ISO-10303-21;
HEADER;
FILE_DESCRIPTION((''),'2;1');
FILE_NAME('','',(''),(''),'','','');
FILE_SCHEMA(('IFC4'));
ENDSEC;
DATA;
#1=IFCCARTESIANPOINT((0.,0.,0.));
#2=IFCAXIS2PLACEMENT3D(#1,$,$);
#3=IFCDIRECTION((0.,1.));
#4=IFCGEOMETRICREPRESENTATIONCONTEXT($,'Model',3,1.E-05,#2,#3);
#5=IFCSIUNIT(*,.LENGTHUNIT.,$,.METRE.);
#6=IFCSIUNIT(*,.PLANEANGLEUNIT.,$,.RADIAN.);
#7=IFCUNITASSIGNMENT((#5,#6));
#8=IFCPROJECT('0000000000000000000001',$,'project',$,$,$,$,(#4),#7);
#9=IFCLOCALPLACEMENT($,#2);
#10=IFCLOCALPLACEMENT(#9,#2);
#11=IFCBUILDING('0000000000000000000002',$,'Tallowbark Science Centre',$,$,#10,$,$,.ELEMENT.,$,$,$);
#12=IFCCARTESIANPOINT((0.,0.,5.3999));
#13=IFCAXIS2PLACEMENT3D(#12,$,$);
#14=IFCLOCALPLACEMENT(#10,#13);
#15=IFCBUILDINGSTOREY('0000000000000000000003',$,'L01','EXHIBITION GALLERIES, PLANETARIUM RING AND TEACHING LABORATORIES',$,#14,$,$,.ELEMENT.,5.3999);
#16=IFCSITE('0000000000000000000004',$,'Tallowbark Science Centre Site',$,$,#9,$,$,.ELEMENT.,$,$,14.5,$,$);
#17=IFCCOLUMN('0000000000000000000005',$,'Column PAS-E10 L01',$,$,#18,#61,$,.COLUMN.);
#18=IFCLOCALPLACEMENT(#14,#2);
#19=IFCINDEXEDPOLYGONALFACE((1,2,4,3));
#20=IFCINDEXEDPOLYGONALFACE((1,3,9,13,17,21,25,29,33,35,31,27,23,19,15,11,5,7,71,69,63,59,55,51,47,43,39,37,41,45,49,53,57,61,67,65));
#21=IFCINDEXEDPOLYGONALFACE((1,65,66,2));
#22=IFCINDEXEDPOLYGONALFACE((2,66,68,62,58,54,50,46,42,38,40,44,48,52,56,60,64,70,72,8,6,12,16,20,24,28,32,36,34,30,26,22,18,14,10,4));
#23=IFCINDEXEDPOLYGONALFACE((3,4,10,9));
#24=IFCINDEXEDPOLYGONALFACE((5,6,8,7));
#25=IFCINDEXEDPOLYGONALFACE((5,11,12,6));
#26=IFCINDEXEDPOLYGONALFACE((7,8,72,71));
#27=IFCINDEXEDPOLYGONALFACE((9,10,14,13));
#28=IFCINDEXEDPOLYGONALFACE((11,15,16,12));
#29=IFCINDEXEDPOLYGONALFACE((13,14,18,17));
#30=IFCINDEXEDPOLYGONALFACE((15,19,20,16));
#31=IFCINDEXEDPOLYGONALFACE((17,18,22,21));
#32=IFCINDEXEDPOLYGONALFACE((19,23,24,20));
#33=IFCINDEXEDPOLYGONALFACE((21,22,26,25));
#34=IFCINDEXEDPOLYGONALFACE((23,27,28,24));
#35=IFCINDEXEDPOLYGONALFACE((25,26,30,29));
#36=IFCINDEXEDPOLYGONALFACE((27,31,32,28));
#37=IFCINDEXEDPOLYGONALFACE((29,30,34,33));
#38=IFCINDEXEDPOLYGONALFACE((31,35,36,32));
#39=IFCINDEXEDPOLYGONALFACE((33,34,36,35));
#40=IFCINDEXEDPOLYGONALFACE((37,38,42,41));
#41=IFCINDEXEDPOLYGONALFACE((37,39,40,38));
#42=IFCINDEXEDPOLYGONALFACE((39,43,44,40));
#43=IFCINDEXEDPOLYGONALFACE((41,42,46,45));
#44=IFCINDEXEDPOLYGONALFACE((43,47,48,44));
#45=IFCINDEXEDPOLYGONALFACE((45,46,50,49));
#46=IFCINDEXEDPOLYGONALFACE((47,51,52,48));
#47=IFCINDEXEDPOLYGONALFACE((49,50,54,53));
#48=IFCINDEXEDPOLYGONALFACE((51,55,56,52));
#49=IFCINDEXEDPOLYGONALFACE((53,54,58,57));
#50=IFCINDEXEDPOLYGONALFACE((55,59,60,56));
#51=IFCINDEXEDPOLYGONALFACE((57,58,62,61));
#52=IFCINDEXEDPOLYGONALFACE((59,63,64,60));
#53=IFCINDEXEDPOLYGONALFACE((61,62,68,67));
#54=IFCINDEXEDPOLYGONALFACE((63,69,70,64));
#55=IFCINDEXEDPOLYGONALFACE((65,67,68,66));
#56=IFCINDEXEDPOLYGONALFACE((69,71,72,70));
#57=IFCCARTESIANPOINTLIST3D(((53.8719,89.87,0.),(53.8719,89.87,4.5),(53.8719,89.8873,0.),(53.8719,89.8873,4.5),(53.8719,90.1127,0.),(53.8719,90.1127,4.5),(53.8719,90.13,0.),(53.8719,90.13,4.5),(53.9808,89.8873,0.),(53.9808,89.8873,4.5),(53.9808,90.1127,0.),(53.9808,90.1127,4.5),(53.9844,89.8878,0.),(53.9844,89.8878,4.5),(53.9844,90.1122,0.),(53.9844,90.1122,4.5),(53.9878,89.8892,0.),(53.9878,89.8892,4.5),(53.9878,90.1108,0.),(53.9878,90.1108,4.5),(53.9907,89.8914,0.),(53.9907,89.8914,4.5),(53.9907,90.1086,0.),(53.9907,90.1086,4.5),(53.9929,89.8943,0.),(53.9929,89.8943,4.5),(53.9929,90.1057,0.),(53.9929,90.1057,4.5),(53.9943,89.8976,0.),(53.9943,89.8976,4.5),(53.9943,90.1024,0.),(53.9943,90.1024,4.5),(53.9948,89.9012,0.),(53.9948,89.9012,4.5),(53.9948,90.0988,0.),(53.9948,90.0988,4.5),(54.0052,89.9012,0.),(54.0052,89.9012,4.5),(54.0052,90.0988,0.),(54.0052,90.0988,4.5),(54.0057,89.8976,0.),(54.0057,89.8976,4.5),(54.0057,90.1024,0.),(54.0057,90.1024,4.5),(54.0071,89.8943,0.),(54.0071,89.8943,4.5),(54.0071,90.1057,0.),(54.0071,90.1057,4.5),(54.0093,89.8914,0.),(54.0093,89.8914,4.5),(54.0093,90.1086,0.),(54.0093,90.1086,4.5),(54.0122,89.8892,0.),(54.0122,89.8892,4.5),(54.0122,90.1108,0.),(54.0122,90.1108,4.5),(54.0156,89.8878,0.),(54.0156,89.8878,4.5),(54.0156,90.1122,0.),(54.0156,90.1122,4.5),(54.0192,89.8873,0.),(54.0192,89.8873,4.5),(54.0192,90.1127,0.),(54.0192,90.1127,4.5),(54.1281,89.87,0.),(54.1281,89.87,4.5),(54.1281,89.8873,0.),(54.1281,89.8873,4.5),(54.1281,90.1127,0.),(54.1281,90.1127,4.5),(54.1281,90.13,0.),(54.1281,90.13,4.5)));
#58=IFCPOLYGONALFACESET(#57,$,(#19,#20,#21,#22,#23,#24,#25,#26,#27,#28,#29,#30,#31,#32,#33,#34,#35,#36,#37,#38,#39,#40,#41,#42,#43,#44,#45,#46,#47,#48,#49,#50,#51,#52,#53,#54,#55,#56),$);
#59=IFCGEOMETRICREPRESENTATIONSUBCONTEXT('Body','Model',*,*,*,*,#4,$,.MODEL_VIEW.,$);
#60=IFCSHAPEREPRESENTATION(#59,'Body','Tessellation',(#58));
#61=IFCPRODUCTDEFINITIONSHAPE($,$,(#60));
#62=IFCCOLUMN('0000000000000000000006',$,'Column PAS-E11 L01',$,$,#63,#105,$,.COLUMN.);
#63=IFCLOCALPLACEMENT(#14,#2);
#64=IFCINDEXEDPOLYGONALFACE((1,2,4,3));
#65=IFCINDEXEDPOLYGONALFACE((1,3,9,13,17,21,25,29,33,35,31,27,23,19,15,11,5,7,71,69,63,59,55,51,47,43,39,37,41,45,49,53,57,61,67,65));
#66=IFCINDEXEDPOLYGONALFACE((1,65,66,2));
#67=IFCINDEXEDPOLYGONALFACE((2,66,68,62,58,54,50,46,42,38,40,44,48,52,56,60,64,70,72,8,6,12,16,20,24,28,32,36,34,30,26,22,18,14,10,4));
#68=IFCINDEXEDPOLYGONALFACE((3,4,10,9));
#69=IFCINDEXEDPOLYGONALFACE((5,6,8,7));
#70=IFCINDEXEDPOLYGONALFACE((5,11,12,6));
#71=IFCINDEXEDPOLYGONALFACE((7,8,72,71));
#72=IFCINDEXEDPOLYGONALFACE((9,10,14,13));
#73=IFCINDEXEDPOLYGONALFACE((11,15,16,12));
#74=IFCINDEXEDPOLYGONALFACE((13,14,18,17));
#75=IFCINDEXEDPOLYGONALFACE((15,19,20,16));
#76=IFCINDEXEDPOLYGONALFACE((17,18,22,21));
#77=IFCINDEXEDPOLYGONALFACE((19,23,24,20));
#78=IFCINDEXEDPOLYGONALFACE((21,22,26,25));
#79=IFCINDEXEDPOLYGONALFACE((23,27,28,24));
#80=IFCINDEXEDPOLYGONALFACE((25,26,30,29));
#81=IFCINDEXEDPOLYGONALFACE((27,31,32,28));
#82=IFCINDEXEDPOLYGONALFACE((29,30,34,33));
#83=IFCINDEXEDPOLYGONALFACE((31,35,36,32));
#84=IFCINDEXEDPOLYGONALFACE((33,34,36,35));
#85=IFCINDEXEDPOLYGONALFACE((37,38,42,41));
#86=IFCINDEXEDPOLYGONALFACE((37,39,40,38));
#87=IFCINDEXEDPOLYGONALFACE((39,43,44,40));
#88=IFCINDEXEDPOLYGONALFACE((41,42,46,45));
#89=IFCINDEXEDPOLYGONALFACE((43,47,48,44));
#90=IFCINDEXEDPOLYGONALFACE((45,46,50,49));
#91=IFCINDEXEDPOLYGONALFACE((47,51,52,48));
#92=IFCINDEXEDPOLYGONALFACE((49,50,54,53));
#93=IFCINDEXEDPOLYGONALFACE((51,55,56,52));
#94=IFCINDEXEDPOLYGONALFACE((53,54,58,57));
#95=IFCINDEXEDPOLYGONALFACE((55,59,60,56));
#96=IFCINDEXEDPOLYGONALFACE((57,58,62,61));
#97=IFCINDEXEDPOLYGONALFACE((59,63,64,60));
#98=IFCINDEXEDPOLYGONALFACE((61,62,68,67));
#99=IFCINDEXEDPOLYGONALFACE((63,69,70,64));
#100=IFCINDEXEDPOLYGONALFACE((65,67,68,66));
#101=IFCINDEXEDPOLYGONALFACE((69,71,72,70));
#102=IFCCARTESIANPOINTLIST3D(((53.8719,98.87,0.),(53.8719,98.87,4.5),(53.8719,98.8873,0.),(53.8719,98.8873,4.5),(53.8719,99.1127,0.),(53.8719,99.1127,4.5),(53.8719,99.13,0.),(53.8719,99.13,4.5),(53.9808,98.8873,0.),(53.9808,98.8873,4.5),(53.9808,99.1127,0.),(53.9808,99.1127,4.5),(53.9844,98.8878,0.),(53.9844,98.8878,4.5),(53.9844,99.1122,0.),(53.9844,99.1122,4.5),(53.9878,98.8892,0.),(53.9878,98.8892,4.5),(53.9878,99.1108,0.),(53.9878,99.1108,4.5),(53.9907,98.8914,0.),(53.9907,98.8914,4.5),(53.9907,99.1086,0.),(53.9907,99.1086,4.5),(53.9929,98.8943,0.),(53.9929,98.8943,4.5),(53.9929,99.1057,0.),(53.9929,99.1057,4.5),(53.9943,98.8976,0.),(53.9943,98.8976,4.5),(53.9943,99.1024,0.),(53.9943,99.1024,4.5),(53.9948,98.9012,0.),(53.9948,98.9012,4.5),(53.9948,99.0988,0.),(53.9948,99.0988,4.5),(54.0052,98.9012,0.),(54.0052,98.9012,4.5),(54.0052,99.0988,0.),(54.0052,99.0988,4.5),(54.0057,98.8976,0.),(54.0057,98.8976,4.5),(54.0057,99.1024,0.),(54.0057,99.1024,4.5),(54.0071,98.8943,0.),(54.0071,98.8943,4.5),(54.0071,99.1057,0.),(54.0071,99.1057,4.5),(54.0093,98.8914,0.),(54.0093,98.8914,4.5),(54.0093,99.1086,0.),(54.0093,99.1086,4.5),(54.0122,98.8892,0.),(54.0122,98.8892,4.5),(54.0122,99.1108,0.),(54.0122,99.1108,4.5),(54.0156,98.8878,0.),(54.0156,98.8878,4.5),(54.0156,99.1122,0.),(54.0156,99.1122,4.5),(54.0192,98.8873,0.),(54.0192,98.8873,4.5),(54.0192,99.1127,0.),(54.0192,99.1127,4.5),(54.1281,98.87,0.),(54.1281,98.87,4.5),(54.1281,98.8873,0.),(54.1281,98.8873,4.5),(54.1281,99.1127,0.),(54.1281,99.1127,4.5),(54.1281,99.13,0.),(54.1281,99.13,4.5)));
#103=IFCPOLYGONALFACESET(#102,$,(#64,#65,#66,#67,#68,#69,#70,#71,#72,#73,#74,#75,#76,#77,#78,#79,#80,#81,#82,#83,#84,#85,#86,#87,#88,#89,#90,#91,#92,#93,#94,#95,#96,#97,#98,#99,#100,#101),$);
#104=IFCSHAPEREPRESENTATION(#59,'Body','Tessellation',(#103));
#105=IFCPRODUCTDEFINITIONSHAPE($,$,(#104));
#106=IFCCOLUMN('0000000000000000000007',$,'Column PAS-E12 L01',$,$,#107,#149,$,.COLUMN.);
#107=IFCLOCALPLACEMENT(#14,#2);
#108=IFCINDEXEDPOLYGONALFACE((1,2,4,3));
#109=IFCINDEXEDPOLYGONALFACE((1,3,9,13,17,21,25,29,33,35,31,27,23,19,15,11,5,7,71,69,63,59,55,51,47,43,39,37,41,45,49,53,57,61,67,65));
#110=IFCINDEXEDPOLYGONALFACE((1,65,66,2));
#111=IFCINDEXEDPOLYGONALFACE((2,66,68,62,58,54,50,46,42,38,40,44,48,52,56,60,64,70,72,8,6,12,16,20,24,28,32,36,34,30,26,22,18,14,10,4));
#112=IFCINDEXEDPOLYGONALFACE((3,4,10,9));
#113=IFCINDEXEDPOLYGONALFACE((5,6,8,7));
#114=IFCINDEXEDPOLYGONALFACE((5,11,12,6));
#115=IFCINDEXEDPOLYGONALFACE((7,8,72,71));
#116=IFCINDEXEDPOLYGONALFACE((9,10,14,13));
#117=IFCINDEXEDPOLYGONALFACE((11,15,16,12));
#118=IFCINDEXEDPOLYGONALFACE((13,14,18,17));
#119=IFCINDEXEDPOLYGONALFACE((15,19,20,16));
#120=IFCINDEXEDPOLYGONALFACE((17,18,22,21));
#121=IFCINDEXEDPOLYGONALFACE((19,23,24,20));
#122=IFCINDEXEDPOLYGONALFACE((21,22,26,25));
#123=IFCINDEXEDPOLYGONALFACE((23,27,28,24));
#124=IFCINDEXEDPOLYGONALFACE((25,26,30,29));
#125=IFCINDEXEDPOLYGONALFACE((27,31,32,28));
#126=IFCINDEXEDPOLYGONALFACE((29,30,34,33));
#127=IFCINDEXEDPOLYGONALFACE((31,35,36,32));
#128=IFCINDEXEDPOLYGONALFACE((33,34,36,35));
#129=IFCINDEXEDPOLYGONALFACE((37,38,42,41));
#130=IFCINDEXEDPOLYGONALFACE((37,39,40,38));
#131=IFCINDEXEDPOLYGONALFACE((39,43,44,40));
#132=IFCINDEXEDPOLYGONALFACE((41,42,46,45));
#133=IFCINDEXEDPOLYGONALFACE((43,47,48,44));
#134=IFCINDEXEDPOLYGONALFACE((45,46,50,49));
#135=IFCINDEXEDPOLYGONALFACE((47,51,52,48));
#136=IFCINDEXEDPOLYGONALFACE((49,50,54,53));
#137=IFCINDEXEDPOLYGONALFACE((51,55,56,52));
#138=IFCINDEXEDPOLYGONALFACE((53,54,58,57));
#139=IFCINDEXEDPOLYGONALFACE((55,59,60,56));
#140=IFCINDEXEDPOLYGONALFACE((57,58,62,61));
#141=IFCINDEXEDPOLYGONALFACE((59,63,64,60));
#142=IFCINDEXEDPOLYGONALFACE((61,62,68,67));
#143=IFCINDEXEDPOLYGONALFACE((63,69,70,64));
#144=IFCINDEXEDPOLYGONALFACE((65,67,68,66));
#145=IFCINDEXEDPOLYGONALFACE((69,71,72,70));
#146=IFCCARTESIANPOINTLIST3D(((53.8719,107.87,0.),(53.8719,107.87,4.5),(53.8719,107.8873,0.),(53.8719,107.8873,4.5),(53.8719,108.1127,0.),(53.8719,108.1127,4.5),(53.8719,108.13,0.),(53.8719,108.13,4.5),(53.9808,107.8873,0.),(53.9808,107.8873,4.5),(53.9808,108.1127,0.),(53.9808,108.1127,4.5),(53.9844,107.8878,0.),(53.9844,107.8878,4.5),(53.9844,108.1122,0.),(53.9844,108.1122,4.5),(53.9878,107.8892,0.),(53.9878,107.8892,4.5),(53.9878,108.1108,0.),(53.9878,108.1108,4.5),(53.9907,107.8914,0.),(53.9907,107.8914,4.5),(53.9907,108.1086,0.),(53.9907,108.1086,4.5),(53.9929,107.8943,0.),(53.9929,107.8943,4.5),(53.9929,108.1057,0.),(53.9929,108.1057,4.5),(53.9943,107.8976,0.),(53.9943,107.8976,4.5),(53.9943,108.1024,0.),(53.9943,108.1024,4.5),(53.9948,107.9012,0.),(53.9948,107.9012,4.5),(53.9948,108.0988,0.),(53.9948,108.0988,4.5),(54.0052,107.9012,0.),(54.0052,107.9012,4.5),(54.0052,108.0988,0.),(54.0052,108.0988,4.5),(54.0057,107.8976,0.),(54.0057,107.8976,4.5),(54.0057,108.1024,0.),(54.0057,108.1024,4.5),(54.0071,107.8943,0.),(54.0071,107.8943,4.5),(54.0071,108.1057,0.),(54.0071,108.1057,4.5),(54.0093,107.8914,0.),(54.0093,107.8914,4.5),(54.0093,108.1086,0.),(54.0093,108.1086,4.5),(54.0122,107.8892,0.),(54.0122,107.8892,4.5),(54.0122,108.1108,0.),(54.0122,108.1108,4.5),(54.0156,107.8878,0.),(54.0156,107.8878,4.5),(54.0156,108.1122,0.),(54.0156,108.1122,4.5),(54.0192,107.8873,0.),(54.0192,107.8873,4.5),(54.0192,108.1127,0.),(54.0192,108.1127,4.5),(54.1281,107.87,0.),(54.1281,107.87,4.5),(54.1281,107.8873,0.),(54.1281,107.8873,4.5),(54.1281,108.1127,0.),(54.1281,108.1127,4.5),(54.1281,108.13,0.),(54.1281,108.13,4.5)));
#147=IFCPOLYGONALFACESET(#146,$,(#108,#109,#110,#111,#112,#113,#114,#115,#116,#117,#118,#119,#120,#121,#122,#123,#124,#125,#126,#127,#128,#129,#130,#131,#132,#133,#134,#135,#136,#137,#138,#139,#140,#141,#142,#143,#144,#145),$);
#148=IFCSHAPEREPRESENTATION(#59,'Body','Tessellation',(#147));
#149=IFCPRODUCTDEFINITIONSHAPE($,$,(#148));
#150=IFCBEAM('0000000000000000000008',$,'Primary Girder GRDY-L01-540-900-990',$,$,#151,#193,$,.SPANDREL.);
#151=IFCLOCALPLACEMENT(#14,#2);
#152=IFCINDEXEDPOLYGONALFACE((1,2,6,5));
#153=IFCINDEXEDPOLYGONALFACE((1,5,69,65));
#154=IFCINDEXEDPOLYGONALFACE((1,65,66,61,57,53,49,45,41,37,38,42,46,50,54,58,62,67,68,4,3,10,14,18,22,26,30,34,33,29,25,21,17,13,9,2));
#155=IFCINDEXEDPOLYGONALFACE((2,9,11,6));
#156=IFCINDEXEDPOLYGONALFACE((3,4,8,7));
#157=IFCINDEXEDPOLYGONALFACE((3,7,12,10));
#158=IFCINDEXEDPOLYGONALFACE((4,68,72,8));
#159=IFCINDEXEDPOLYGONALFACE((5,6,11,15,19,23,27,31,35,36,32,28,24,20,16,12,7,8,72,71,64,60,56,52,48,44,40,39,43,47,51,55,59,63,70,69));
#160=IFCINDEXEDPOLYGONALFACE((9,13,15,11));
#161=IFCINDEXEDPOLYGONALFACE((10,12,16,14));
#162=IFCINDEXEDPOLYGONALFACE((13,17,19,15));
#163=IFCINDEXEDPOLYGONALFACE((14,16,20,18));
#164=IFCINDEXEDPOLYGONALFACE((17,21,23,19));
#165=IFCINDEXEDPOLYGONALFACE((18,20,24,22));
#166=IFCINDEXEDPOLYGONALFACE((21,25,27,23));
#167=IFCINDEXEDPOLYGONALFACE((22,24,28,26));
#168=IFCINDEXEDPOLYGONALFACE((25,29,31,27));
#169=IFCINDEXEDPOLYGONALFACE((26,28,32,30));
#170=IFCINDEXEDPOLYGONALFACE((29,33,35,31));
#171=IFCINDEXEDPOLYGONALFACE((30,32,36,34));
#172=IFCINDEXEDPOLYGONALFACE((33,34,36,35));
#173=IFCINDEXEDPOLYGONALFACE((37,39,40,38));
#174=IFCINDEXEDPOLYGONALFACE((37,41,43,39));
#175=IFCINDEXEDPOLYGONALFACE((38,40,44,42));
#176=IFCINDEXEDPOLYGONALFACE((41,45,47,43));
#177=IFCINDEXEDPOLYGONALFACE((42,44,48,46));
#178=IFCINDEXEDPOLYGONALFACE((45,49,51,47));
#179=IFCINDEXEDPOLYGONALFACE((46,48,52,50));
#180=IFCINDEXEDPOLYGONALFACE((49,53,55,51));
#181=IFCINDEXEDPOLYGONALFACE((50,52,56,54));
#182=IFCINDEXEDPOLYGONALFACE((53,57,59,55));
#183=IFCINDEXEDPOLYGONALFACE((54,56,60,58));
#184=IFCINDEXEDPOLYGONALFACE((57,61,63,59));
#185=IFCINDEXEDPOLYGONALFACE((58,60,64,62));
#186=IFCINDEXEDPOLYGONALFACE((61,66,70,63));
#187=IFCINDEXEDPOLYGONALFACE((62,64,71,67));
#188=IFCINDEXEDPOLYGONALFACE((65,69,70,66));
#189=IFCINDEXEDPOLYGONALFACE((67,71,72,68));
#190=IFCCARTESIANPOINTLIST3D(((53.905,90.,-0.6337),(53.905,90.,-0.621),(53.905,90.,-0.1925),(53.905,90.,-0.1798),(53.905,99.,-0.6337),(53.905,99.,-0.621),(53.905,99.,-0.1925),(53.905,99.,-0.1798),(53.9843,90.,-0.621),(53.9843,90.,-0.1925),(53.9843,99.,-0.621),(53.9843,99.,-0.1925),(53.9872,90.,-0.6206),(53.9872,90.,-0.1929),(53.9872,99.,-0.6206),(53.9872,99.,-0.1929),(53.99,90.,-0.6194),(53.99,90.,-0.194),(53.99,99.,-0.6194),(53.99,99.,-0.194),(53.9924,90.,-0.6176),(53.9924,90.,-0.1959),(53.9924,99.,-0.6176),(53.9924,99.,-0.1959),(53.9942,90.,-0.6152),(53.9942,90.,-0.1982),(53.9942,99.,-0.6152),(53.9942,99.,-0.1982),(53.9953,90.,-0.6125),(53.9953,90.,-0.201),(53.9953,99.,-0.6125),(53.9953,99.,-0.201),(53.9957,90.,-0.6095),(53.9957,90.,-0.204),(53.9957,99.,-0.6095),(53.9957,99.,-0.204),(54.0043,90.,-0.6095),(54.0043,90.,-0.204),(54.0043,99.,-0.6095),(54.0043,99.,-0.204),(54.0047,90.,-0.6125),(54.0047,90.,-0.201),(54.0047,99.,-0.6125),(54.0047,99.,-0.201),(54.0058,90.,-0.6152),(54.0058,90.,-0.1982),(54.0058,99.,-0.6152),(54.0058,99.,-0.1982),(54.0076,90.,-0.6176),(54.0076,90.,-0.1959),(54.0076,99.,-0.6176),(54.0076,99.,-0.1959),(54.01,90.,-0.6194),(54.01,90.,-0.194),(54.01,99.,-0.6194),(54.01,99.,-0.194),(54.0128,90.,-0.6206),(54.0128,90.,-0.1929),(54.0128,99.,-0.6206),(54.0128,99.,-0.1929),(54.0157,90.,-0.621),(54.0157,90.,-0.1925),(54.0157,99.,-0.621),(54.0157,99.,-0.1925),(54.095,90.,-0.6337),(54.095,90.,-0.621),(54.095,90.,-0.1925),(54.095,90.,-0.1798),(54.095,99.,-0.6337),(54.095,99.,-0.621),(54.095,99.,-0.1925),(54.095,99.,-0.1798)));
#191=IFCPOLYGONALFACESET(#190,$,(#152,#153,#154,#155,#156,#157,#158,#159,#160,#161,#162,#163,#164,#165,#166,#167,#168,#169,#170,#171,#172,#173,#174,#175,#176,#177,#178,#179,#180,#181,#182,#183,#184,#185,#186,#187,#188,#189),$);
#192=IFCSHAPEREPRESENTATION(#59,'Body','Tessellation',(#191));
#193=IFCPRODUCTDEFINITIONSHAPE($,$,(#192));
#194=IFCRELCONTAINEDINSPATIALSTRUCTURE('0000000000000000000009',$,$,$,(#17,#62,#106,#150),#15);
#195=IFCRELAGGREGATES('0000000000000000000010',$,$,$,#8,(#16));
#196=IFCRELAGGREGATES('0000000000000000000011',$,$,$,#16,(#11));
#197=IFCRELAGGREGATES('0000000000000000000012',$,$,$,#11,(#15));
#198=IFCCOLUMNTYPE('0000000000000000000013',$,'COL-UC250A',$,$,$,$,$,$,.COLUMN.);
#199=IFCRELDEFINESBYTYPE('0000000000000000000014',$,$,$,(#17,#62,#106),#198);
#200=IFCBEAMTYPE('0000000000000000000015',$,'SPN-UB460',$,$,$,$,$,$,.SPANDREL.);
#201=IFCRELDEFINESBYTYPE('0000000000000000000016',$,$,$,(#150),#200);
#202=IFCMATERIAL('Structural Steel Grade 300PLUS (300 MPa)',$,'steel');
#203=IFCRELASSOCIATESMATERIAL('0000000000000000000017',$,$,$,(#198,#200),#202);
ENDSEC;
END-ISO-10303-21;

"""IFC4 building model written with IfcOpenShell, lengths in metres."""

from ifc_helpers import new_model, si_unit, direction, frame, origin, origin_2d, place, context, subcontext, project, spatial, i_section, extrude, material, material_profile, profile_set, type_object, element, save


model = new_model("IFC4")

# Units and contexts
model_context = context("Model", 3, precision=1e-05, world=origin(), true_north=direction((0.0, 1.0)))
body_context = subcontext(model_context, "Body", "Model", "MODEL_VIEW")
ifc_project = project(units=[si_unit("LENGTHUNIT", "METRE"), si_unit("PLANEANGLEUNIT", "RADIAN")], contexts=[model_context])

# Site, building, storey
site_placement = place(None, origin())
site = spatial("IfcSite", under=ifc_project, at=site_placement, Name="Tallowbark Science Centre Site", CompositionType="ELEMENT", RefElevation=14.5)
building_placement = place(site_placement, origin())
building = spatial("IfcBuilding", under=site, at=building_placement, Name="Tallowbark Science Centre", CompositionType="ELEMENT")
storey_placement = place(building_placement, frame((0.0, 0.0, 5.3999)))
storey = spatial("IfcBuildingStorey", under=building, at=storey_placement, Name="L01", Description="EXHIBITION GALLERIES, PLANETARIUM RING AND TEACHING LABORATORIES", CompositionType="ELEMENT", Elevation=5.3999)

# Columns
ifc_material_1 = material(Name="Structural Steel Grade 300PLUS (300 MPa)", Category="steel")
ifc_material_profile_1 = material_profile(ifc_material_1, i_section(OverallWidth=0.2561, OverallDepth=0.26, WebThickness=0.0105, FlangeThickness=0.0173, FilletRadius=0.0139, at=origin_2d()), Name="250UC89.5")
ifc_profile_set_1 = profile_set([ifc_material_profile_1], Name="Structural Steel Grade 300PLUS (300 MPa)")
column_type = type_object("IfcColumnType", Name="COL-UC250A", PredefinedType="COLUMN", material=ifc_profile_set_1)
for number, where, z_axis, x_axis, name in (
    (1, (54.0, 90.0, 0.0), (0.0, 0.0, 1.0), (1.0, 0.0, 0.0), "Column PAS-E10 L01"),
    (2, (54.0, 99.0, 0.0), (0.0, 0.0, 1.0), (1.0, 0.0, 0.0), "Column PAS-E11 L01"),
    (3, (54.0, 108.0, 0.0), (0.0, 0.0, 1.0), (1.0, 0.0, 0.0), "Column PAS-E12 L01"),
):
    element("IfcColumn", number, at=place(storey_placement, frame(where, z_axis=z_axis, x_axis=x_axis)), inside=storey, type_object=column_type, Name=name, PredefinedType="COLUMN", context=body_context, shape_type="SweptSolid", body=[
        extrude(i_section(OverallWidth=0.2561, OverallDepth=0.26, WebThickness=0.0105, FlangeThickness=0.0173, FilletRadius=0.0139, at=origin_2d()), origin(), (0.0, 0.0, 1.0), 4.5),
    ])

# Beam
ifc_material_profile_2 = material_profile(ifc_material_1, i_section(OverallWidth=0.1899, OverallDepth=0.4539, WebThickness=0.0085, FlangeThickness=0.0127, FilletRadius=0.0115, at=origin_2d()), Name="460UB67.1")
ifc_profile_set_2 = profile_set([ifc_material_profile_2], Name="Structural Steel Grade 300PLUS (300 MPa)")
beam_type = type_object("IfcBeamType", Name="SPN-UB460", PredefinedType="SPANDREL", material=ifc_profile_set_2)
for number, where, z_axis, x_axis, name in (
    (4, (54.0, 90.0, -0.4067), (0.0, 1.0, 0.0), (-1.0, 0.0, 0.0), "Primary Girder GRDY-L01-540-900-990"),
):
    element("IfcBeam", number, at=place(storey_placement, frame(where, z_axis=z_axis, x_axis=x_axis)), inside=storey, type_object=beam_type, Name=name, PredefinedType="SPANDREL", context=body_context, shape_type="SweptSolid", body=[
        extrude(i_section(OverallWidth=0.1899, OverallDepth=0.4539, WebThickness=0.0085, FlangeThickness=0.0127, FilletRadius=0.0115, at=origin_2d()), origin(), (0.0, 0.0, 1.0), 9.0),
    ])

save(model, "model.ifc")
